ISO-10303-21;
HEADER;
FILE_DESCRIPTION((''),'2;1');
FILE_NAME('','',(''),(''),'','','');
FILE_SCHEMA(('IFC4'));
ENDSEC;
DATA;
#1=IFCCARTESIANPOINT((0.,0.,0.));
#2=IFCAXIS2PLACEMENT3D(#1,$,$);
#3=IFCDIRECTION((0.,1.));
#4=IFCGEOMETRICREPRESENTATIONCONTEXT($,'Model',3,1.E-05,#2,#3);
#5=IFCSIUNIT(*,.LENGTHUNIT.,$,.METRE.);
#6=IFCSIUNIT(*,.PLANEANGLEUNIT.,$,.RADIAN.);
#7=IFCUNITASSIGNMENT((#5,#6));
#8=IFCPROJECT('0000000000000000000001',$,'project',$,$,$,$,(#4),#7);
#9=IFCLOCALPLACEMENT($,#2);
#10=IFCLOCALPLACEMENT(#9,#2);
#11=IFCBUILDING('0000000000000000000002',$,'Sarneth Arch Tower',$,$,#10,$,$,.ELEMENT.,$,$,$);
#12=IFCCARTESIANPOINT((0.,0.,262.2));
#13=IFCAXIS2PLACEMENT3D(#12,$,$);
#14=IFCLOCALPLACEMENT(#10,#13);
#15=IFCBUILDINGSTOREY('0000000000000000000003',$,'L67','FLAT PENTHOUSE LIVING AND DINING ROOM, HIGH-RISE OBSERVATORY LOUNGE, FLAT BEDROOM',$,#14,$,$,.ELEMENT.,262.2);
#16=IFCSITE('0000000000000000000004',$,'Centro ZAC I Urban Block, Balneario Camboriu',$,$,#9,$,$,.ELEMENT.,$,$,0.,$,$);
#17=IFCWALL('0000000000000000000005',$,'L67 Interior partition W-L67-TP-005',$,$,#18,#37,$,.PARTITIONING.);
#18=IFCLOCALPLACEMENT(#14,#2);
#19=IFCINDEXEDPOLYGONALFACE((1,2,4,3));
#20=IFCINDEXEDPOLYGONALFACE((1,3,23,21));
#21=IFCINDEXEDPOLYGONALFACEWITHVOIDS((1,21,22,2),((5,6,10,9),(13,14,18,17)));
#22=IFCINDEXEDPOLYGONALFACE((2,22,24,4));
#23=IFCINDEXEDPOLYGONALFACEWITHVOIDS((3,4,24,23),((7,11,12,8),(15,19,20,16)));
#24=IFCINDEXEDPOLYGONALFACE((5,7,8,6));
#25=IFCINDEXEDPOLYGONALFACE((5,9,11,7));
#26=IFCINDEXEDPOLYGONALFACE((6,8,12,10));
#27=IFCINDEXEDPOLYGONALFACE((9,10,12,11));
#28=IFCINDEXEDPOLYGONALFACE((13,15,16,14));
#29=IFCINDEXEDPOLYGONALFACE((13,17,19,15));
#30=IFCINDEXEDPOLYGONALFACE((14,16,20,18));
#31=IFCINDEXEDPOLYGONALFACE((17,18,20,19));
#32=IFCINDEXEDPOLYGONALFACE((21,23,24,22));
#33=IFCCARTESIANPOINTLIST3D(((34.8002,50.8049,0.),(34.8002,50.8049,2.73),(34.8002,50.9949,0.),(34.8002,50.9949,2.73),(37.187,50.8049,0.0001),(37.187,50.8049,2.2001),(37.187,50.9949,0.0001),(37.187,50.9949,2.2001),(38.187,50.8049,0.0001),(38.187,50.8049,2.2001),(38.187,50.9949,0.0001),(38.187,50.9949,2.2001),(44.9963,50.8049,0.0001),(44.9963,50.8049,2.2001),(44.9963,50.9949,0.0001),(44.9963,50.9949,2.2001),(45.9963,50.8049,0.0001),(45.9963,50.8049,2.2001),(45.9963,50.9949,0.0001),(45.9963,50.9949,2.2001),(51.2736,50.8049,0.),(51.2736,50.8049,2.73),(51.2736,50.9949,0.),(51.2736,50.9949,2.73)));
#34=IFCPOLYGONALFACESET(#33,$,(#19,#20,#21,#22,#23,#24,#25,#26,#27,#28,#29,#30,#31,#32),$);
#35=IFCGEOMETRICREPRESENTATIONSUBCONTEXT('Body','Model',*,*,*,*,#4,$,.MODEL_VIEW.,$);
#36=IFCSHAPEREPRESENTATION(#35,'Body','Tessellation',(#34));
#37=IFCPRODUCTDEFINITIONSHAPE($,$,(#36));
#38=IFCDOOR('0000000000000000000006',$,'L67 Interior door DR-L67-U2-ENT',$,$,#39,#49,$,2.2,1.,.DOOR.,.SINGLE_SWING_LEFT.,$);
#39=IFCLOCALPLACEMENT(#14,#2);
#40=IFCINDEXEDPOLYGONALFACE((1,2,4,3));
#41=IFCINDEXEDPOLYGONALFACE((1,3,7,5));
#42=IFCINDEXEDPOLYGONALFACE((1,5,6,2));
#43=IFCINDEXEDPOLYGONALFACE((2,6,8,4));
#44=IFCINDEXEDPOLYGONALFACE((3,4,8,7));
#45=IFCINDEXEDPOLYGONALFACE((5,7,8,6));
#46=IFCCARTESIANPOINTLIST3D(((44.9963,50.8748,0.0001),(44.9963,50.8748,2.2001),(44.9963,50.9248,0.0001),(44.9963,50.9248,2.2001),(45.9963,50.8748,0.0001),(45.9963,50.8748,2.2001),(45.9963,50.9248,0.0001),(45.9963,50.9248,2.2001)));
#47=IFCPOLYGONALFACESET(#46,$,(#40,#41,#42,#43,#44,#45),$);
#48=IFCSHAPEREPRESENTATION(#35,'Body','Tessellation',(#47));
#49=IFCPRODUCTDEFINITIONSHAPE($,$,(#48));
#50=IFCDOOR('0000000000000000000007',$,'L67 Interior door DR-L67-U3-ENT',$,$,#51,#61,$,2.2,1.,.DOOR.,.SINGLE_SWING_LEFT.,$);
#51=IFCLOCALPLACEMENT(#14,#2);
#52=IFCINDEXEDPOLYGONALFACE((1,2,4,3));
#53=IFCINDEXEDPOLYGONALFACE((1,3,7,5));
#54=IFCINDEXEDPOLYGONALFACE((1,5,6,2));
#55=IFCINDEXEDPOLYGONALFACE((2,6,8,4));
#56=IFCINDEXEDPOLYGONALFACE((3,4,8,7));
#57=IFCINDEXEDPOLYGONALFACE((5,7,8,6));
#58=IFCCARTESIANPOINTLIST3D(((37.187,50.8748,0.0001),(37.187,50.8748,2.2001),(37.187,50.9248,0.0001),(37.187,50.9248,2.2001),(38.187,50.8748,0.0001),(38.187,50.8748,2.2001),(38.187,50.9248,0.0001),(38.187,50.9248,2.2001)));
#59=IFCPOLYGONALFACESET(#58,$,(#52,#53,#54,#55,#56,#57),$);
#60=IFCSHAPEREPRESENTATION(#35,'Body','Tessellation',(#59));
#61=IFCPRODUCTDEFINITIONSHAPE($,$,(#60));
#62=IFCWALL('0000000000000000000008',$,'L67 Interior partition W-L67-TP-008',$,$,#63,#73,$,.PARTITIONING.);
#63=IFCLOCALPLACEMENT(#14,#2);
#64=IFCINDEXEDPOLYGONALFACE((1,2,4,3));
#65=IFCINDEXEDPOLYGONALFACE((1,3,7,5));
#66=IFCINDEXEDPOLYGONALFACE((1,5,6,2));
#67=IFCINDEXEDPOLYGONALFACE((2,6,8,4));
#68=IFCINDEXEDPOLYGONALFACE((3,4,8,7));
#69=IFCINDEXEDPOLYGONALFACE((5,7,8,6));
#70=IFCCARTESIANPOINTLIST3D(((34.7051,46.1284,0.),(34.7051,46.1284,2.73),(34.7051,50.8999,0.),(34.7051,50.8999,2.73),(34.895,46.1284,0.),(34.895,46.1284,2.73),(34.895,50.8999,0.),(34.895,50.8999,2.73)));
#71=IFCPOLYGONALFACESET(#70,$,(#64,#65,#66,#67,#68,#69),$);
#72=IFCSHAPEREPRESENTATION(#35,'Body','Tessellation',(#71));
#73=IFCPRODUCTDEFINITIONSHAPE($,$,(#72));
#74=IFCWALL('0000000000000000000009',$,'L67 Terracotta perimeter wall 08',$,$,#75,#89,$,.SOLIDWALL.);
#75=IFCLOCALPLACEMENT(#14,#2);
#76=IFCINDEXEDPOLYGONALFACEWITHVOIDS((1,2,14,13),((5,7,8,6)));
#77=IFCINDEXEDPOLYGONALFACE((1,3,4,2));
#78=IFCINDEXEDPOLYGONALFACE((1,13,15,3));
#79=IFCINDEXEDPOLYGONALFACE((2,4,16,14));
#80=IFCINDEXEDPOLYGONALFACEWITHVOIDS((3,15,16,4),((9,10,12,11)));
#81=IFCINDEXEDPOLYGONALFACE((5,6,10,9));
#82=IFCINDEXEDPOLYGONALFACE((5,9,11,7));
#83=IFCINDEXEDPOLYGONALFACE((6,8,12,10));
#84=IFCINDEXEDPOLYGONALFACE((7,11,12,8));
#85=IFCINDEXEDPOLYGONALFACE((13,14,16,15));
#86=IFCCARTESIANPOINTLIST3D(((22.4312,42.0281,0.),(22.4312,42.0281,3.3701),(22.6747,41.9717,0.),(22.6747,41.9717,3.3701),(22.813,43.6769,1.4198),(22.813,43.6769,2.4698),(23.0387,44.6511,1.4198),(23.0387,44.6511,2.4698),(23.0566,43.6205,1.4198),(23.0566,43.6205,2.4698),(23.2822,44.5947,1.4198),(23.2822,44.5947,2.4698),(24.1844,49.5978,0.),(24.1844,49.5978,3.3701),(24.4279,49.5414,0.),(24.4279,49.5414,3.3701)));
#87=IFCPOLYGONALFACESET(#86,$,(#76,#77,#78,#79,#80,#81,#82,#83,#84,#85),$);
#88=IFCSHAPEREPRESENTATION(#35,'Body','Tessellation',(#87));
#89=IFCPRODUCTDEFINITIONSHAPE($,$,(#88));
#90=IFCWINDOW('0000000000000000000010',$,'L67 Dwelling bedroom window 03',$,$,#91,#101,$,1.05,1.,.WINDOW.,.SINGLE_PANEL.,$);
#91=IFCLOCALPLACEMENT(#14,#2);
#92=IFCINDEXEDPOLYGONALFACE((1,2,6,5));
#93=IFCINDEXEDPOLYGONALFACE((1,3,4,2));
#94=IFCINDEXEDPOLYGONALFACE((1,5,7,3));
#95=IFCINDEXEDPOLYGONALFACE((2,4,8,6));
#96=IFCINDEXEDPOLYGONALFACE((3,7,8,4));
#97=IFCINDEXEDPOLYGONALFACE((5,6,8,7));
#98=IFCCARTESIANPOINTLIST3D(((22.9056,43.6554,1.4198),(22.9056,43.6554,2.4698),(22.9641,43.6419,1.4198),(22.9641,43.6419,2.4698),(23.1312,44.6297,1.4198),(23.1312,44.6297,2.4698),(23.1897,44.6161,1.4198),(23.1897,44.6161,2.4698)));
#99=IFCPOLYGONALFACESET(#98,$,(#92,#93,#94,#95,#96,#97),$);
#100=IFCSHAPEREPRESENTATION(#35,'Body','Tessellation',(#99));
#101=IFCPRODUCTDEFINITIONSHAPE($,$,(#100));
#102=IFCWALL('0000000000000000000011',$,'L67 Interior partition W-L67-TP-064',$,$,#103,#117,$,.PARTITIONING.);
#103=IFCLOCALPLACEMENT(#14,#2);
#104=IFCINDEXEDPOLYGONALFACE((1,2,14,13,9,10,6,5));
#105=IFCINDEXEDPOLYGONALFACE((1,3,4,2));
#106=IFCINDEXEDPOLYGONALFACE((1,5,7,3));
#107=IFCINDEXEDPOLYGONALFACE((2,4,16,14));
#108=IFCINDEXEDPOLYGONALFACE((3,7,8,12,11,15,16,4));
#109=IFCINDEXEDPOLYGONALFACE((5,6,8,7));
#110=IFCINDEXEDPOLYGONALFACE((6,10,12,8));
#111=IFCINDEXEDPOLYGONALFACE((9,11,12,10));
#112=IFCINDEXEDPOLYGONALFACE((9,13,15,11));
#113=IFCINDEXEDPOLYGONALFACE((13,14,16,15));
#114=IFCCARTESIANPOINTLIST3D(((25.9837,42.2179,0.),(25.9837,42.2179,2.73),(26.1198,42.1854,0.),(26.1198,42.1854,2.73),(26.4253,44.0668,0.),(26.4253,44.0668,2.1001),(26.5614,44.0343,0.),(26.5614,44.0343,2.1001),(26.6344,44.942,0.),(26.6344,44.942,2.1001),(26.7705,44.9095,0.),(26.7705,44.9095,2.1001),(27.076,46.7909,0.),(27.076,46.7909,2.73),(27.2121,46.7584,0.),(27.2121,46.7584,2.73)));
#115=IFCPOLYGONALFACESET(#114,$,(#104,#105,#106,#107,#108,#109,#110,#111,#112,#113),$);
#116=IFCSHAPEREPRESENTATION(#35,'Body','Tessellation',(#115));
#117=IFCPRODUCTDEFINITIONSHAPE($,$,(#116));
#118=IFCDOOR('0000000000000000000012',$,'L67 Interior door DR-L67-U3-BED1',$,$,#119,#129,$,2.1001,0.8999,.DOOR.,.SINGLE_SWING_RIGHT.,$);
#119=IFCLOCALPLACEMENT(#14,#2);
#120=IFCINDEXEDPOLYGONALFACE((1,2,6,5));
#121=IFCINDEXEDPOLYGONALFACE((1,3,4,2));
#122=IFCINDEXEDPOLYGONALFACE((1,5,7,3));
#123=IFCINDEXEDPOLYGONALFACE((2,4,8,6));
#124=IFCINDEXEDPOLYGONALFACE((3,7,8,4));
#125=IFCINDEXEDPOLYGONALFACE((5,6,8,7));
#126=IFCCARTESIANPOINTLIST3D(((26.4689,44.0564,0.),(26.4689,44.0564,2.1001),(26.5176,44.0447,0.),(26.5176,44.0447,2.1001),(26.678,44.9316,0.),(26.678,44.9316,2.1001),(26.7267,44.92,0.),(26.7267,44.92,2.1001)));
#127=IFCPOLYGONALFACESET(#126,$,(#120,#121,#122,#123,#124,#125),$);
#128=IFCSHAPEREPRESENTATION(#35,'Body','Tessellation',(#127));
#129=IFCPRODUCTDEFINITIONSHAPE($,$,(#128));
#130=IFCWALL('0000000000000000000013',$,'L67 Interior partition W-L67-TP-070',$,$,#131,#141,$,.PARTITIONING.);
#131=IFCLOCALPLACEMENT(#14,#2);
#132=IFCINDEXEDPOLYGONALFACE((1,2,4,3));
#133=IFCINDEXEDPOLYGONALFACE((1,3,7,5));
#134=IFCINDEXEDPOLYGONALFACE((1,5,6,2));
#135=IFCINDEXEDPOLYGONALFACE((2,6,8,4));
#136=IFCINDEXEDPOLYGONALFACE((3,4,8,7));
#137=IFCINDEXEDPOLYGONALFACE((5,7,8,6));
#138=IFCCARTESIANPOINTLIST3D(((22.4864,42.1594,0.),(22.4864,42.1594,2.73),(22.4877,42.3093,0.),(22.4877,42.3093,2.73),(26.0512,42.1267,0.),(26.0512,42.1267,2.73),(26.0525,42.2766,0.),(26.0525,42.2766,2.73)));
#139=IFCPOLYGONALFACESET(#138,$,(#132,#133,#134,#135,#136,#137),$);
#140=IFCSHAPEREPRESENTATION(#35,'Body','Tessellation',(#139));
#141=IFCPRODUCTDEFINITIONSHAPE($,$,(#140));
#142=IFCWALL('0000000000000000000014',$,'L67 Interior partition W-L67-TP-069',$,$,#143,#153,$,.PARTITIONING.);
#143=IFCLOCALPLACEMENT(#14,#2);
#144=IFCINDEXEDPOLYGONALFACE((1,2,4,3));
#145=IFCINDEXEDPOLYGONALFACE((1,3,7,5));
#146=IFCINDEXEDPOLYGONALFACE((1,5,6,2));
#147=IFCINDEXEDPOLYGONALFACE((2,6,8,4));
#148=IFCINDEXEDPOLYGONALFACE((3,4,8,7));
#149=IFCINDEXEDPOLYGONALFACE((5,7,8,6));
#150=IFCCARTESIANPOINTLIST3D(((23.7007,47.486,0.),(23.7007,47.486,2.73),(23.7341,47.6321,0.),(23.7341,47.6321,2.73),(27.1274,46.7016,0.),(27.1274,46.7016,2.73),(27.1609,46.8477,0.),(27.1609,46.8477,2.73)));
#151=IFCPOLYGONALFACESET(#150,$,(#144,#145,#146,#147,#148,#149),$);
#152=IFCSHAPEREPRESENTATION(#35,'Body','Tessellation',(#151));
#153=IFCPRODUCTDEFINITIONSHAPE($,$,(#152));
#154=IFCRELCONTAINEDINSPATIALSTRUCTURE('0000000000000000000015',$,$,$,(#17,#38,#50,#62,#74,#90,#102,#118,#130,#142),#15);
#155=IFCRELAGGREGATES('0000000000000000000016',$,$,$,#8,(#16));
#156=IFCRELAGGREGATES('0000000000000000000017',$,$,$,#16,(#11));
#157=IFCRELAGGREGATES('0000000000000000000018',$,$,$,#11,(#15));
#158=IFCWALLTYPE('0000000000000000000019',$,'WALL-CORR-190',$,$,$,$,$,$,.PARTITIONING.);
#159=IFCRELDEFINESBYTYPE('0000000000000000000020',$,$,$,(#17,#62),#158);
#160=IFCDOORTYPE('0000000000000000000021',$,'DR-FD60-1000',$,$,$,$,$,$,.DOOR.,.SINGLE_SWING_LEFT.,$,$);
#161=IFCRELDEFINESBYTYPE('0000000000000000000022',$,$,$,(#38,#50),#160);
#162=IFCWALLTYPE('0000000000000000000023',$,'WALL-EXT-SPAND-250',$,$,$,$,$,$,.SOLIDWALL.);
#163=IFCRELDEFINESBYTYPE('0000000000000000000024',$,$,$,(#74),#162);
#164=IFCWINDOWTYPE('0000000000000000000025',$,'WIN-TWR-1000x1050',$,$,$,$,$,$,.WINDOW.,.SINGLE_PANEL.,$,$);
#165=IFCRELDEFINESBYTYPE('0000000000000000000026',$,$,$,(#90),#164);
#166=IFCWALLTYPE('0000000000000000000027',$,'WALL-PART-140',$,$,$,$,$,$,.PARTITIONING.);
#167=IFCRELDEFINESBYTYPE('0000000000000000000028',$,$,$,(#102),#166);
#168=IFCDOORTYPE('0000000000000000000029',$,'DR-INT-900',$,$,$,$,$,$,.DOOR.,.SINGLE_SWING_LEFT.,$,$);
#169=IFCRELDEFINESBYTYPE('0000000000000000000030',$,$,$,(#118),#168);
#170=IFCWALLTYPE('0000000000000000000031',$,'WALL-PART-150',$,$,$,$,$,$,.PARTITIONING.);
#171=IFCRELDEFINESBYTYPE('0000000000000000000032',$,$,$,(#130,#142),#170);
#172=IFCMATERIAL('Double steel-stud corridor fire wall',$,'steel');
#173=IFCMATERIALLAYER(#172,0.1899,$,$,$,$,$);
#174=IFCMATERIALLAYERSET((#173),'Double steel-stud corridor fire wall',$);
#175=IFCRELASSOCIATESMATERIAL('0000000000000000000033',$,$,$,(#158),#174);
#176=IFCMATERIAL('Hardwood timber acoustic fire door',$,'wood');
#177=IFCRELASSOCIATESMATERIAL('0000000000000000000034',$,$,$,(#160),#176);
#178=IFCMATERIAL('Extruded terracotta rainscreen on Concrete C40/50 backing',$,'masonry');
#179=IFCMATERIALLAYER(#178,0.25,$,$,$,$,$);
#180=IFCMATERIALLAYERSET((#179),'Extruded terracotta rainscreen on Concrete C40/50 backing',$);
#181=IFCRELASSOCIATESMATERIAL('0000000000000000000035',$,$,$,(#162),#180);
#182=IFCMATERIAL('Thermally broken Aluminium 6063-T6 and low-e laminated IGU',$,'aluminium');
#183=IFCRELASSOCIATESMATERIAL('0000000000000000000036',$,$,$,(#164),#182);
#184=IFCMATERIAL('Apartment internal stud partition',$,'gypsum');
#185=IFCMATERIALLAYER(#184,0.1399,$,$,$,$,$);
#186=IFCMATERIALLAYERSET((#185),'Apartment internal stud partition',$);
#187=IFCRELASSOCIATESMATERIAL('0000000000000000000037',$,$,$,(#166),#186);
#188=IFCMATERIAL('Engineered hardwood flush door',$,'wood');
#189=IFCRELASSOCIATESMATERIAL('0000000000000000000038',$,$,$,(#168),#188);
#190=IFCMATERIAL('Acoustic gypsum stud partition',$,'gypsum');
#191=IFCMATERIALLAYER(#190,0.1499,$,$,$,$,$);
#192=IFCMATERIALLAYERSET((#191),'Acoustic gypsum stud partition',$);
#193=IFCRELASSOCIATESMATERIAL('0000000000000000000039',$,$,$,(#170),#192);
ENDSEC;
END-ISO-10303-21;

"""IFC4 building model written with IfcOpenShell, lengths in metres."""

from ifc_helpers import new_model, si_unit, direction, frame, frame_2d, origin, place, context, subcontext, project, spatial, rectangle, extrude, material, layer, layer_set, type_object, element, fill, save


model = new_model("IFC4")

# Units and contexts
model_context = context("Model", 3, precision=1e-05, world=origin(), true_north=direction((0.0, 1.0)))
body_context = subcontext(model_context, "Body", "Model", "MODEL_VIEW")
ifc_project = project(units=[si_unit("LENGTHUNIT", "METRE"), si_unit("PLANEANGLEUNIT", "RADIAN")], contexts=[model_context])

# Site, building, storey
site_placement = place(None, origin())
site = spatial("IfcSite", under=ifc_project, at=site_placement, Name="Centro ZAC I Urban Block, Balneario Camboriu", CompositionType="ELEMENT", RefElevation=0.0)
building_placement = place(site_placement, origin())
building = spatial("IfcBuilding", under=site, at=building_placement, Name="Sarneth Arch Tower", CompositionType="ELEMENT")
storey_placement = place(building_placement, frame((0.0, 0.0, 262.2)))
storey = spatial("IfcBuildingStorey", under=building, at=storey_placement, Name="L67", Description="FLAT PENTHOUSE LIVING AND DINING ROOM, HIGH-RISE OBSERVATORY LOUNGE, FLAT BEDROOM", CompositionType="ELEMENT", Elevation=262.2)

# Wall, openings, doors
ifc_material_1 = material(Name="Double steel-stud corridor fire wall", Category="steel")
ifc_layer_1 = layer(ifc_material_1, 0.1899)
ifc_layer_set_1 = layer_set([ifc_layer_1], Name="Double steel-stud corridor fire wall")
wall_type_1 = type_object("IfcWallType", Name="WALL-CORR-190", PredefinedType="PARTITIONING", material=ifc_layer_set_1)
wall_1_placement = place(storey_placement, frame((34.8, 50.8999, 0.0), z_axis=(0.0, 0.0, 1.0), x_axis=(1.0, 0.0, 0.0)))
wall_1 = element("IfcWall", 1, at=wall_1_placement, inside=storey, type_object=wall_type_1, Name="L67 Interior partition W-L67-TP-005", PredefinedType="PARTITIONING", context=body_context, shape_type="SweptSolid", body=[
    extrude(rectangle(XDim=16.4734, YDim=0.1899, at=frame_2d((8.2368, 0.0))), origin(), (0.0, 0.0, 1.0), 2.73),
])
opening_1_placement = place(wall_1_placement, frame((10.1963, 0.0, 0.0)))
opening_1 = element("IfcOpeningElement", 2, at=opening_1_placement, cuts=wall_1, PredefinedType="OPENING", context=body_context, shape_type="SweptSolid", body=[
    extrude(rectangle(XDim=1.0, YDim=2.2, at=frame_2d((0.5, 1.1001))), frame((0.0, 0.105, 0.0), z_axis=(0.0, -1.0, 0.0), x_axis=(1.0, 0.0, 0.0)), (0.0, 0.0, 1.0), 0.21),
])
opening_2_placement = place(wall_1_placement, frame((2.387, 0.0, 0.0)))
opening_2 = element("IfcOpeningElement", 3, at=opening_2_placement, cuts=wall_1, PredefinedType="OPENING", context=body_context, shape_type="SweptSolid", body=[
    extrude(rectangle(XDim=1.0, YDim=2.2, at=frame_2d((0.5, 1.1001))), frame((0.0, 0.105, 0.0), z_axis=(0.0, -1.0, 0.0), x_axis=(1.0, 0.0, 0.0)), (0.0, 0.0, 1.0), 0.21),
])
ifc_material_2 = material(Name="Hardwood timber acoustic fire door", Category="wood")
door_type_1 = type_object("IfcDoorType", Name="DR-FD60-1000", OperationType="SINGLE_SWING_LEFT", PredefinedType="DOOR", material=ifc_material_2)
door_1_placement = place(opening_1_placement, origin())
door_1 = element("IfcDoor", 4, at=door_1_placement, inside=storey, type_object=door_type_1, Name="L67 Interior door DR-L67-U2-ENT", OperationType="SINGLE_SWING_LEFT", OverallHeight=2.2, OverallWidth=1.0, PredefinedType="DOOR", context=body_context, shape_type="SweptSolid", body=[
    extrude(rectangle(XDim=1.0, YDim=2.2, at=frame_2d((0.5, 1.1001))), frame((0.0, 0.0249, 0.0), z_axis=(0.0, -1.0, 0.0), x_axis=(1.0, 0.0, 0.0)), (0.0, 0.0, 1.0), 0.05),
])
fill(opening_1, door_1)
door_2_placement = place(opening_2_placement, origin())
door_2 = element("IfcDoor", 5, at=door_2_placement, inside=storey, type_object=door_type_1, Name="L67 Interior door DR-L67-U3-ENT", OperationType="SINGLE_SWING_LEFT", OverallHeight=2.2, OverallWidth=1.0, PredefinedType="DOOR", context=body_context, shape_type="SweptSolid", body=[
    extrude(rectangle(XDim=1.0, YDim=2.2, at=frame_2d((0.5, 1.1001))), frame((0.0, 0.0249, 0.0), z_axis=(0.0, -1.0, 0.0), x_axis=(1.0, 0.0, 0.0)), (0.0, 0.0, 1.0), 0.05),
])
fill(opening_2, door_2)

# Wall
wall_2_placement = place(storey_placement, frame((34.8, 46.1284, 0.0), z_axis=(0.0, 0.0, 1.0), x_axis=(0.0, 1.0, 0.0)))
element("IfcWall", 6, at=wall_2_placement, inside=storey, type_object=wall_type_1, Name="L67 Interior partition W-L67-TP-008", PredefinedType="PARTITIONING", context=body_context, shape_type="SweptSolid", body=[
    extrude(rectangle(XDim=4.7715, YDim=0.1899, at=frame_2d((2.3857, 0.0))), origin(), (0.0, 0.0, 1.0), 2.73),
])

# Wall, opening, window
ifc_material_3 = material(Name="Extruded terracotta rainscreen on Concrete C40/50 backing", Category="masonry")
ifc_layer_2 = layer(ifc_material_3, 0.25)
ifc_layer_set_2 = layer_set([ifc_layer_2], Name="Extruded terracotta rainscreen on Concrete C40/50 backing")
wall_type_2 = type_object("IfcWallType", Name="WALL-EXT-SPAND-250", PredefinedType="SOLIDWALL", material=ifc_layer_set_2)
wall_3_placement = place(storey_placement, frame((24.3062, 49.5696, 0.0), z_axis=(0.0, 0.0, 1.0), x_axis=(-0.225635, -0.974212, 0.0)))
wall_3 = element("IfcWall", 7, at=wall_3_placement, inside=storey, type_object=wall_type_2, Name="L67 Terracotta perimeter wall 08", PredefinedType="SOLIDWALL", context=body_context, shape_type="SweptSolid", body=[
    extrude(rectangle(XDim=7.77, YDim=0.25, at=frame_2d((3.885, 0.0))), origin(), (0.0, 0.0, 1.0), 3.3701),
])
opening_3_placement = place(wall_3_placement, frame((5.0776, 0.0, 1.4199)))
opening_3 = element("IfcOpeningElement", 8, at=opening_3_placement, cuts=wall_3, PredefinedType="OPENING", context=body_context, shape_type="SweptSolid", body=[
    extrude(rectangle(XDim=1.0, YDim=1.05, at=frame_2d((0.5, 0.5249))), frame((0.0, 0.135, 0.0), z_axis=(0.0, -1.0, 0.0), x_axis=(1.0, 0.0, 0.0)), (0.0, 0.0, 1.0), 0.27),
])
ifc_material_4 = material(Name="Thermally broken Aluminium 6063-T6 and low-e laminated IGU", Category="aluminium")
window_type = type_object("IfcWindowType", Name="WIN-TWR-1000x1050", PartitioningType="SINGLE_PANEL", PredefinedType="WINDOW", material=ifc_material_4)
window_placement = place(opening_3_placement, origin())
window = element("IfcWindow", 9, at=window_placement, inside=storey, type_object=window_type, Name="L67 Dwelling bedroom window 03", OverallHeight=1.05, OverallWidth=1.0, PartitioningType="SINGLE_PANEL", PredefinedType="WINDOW", context=body_context, shape_type="SweptSolid", body=[
    extrude(rectangle(XDim=1.0, YDim=1.05, at=frame_2d((0.5, 0.5249))), frame((0.0, 0.03, 0.0), z_axis=(0.0, -1.0, 0.0), x_axis=(1.0, 0.0, 0.0)), (0.0, 0.0, 1.0), 0.0601),
])
fill(opening_3, window)

# Wall, opening, door
ifc_material_5 = material(Name="Apartment internal stud partition", Category="gypsum")
ifc_layer_3 = layer(ifc_material_5, 0.1399)
ifc_layer_set_3 = layer_set([ifc_layer_3], Name="Apartment internal stud partition")
wall_type_3 = type_object("IfcWallType", Name="WALL-PART-140", PredefinedType="PARTITIONING", material=ifc_layer_set_3)
wall_4_placement = place(storey_placement, frame((27.144, 46.7747, 0.0), z_axis=(0.0, 0.0, 1.0), x_axis=(-0.23232, -0.972639, 0.0)))
wall_4 = element("IfcWall", 10, at=wall_4_placement, inside=storey, type_object=wall_type_3, Name="L67 Interior partition W-L67-TP-064", PredefinedType="PARTITIONING", context=body_context, shape_type="SweptSolid", body=[
    extrude(rectangle(XDim=4.7017, YDim=0.1399, at=frame_2d((2.3508, 0.0))), origin(), (0.0, 0.0, 1.0), 2.73),
])
opening_4_placement = place(wall_4_placement, frame((1.9009, 0.0, 0.0)))
opening_4 = element("IfcOpeningElement", 11, at=opening_4_placement, cuts=wall_4, PredefinedType="OPENING", context=body_context, shape_type="SweptSolid", body=[
    extrude(rectangle(XDim=0.8999, YDim=2.1001, at=frame_2d((0.45, 1.05))), frame((0.0, 0.0798, 0.0), z_axis=(0.0, -1.0, 0.0), x_axis=(1.0, 0.0, 0.0)), (0.0, 0.0, 1.0), 0.1599),
])
ifc_material_6 = material(Name="Engineered hardwood flush door", Category="wood")
door_type_2 = type_object("IfcDoorType", Name="DR-INT-900", OperationType="SINGLE_SWING_LEFT", PredefinedType="DOOR", material=ifc_material_6)
door_3_placement = place(opening_4_placement, origin())
door_3 = element("IfcDoor", 12, at=door_3_placement, inside=storey, type_object=door_type_2, Name="L67 Interior door DR-L67-U3-BED1", OperationType="SINGLE_SWING_RIGHT", OverallHeight=2.1001, OverallWidth=0.8999, PredefinedType="DOOR", context=body_context, shape_type="SweptSolid", body=[
    extrude(rectangle(XDim=0.8999, YDim=2.1001, at=frame_2d((0.45, 1.05))), frame((0.0, 0.0249, 0.0), z_axis=(0.0, -1.0, 0.0), x_axis=(1.0, 0.0, 0.0)), (0.0, 0.0, 1.0), 0.05),
])
fill(opening_4, door_3)

# Walls
ifc_material_7 = material(Name="Acoustic gypsum stud partition", Category="gypsum")
ifc_layer_4 = layer(ifc_material_7, 0.1499)
ifc_layer_set_4 = layer_set([ifc_layer_4], Name="Acoustic gypsum stud partition")
wall_type_4 = type_object("IfcWallType", Name="WALL-PART-150", PredefinedType="PARTITIONING", material=ifc_layer_set_4)
wall_5_placement = place(storey_placement, frame((22.4871, 42.2344, 0.0), z_axis=(0.0, 0.0, 1.0), x_axis=(0.999958, -0.009177, 0.0)))
element("IfcWall", 13, at=wall_5_placement, inside=storey, type_object=wall_type_4, Name="L67 Interior partition W-L67-TP-070", PredefinedType="PARTITIONING", context=body_context, shape_type="SweptSolid", body=[
    extrude(rectangle(XDim=3.5649, YDim=0.1499, at=frame_2d((1.7825, 0.0))), origin(), (0.0, 0.0, 1.0), 2.73),
])
wall_6_placement = place(storey_placement, frame((23.7173, 47.5591, 0.0), z_axis=(0.0, 0.0, 1.0), x_axis=(0.974786, -0.22314, 0.0)))
element("IfcWall", 14, at=wall_6_placement, inside=storey, type_object=wall_type_4, Name="L67 Interior partition W-L67-TP-069", PredefinedType="PARTITIONING", context=body_context, shape_type="SweptSolid", body=[
    extrude(rectangle(XDim=3.5154, YDim=0.1499, at=frame_2d((1.7578, 0.0))), origin(), (0.0, 0.0, 1.0), 2.73),
])

save(model, "model.ifc")
